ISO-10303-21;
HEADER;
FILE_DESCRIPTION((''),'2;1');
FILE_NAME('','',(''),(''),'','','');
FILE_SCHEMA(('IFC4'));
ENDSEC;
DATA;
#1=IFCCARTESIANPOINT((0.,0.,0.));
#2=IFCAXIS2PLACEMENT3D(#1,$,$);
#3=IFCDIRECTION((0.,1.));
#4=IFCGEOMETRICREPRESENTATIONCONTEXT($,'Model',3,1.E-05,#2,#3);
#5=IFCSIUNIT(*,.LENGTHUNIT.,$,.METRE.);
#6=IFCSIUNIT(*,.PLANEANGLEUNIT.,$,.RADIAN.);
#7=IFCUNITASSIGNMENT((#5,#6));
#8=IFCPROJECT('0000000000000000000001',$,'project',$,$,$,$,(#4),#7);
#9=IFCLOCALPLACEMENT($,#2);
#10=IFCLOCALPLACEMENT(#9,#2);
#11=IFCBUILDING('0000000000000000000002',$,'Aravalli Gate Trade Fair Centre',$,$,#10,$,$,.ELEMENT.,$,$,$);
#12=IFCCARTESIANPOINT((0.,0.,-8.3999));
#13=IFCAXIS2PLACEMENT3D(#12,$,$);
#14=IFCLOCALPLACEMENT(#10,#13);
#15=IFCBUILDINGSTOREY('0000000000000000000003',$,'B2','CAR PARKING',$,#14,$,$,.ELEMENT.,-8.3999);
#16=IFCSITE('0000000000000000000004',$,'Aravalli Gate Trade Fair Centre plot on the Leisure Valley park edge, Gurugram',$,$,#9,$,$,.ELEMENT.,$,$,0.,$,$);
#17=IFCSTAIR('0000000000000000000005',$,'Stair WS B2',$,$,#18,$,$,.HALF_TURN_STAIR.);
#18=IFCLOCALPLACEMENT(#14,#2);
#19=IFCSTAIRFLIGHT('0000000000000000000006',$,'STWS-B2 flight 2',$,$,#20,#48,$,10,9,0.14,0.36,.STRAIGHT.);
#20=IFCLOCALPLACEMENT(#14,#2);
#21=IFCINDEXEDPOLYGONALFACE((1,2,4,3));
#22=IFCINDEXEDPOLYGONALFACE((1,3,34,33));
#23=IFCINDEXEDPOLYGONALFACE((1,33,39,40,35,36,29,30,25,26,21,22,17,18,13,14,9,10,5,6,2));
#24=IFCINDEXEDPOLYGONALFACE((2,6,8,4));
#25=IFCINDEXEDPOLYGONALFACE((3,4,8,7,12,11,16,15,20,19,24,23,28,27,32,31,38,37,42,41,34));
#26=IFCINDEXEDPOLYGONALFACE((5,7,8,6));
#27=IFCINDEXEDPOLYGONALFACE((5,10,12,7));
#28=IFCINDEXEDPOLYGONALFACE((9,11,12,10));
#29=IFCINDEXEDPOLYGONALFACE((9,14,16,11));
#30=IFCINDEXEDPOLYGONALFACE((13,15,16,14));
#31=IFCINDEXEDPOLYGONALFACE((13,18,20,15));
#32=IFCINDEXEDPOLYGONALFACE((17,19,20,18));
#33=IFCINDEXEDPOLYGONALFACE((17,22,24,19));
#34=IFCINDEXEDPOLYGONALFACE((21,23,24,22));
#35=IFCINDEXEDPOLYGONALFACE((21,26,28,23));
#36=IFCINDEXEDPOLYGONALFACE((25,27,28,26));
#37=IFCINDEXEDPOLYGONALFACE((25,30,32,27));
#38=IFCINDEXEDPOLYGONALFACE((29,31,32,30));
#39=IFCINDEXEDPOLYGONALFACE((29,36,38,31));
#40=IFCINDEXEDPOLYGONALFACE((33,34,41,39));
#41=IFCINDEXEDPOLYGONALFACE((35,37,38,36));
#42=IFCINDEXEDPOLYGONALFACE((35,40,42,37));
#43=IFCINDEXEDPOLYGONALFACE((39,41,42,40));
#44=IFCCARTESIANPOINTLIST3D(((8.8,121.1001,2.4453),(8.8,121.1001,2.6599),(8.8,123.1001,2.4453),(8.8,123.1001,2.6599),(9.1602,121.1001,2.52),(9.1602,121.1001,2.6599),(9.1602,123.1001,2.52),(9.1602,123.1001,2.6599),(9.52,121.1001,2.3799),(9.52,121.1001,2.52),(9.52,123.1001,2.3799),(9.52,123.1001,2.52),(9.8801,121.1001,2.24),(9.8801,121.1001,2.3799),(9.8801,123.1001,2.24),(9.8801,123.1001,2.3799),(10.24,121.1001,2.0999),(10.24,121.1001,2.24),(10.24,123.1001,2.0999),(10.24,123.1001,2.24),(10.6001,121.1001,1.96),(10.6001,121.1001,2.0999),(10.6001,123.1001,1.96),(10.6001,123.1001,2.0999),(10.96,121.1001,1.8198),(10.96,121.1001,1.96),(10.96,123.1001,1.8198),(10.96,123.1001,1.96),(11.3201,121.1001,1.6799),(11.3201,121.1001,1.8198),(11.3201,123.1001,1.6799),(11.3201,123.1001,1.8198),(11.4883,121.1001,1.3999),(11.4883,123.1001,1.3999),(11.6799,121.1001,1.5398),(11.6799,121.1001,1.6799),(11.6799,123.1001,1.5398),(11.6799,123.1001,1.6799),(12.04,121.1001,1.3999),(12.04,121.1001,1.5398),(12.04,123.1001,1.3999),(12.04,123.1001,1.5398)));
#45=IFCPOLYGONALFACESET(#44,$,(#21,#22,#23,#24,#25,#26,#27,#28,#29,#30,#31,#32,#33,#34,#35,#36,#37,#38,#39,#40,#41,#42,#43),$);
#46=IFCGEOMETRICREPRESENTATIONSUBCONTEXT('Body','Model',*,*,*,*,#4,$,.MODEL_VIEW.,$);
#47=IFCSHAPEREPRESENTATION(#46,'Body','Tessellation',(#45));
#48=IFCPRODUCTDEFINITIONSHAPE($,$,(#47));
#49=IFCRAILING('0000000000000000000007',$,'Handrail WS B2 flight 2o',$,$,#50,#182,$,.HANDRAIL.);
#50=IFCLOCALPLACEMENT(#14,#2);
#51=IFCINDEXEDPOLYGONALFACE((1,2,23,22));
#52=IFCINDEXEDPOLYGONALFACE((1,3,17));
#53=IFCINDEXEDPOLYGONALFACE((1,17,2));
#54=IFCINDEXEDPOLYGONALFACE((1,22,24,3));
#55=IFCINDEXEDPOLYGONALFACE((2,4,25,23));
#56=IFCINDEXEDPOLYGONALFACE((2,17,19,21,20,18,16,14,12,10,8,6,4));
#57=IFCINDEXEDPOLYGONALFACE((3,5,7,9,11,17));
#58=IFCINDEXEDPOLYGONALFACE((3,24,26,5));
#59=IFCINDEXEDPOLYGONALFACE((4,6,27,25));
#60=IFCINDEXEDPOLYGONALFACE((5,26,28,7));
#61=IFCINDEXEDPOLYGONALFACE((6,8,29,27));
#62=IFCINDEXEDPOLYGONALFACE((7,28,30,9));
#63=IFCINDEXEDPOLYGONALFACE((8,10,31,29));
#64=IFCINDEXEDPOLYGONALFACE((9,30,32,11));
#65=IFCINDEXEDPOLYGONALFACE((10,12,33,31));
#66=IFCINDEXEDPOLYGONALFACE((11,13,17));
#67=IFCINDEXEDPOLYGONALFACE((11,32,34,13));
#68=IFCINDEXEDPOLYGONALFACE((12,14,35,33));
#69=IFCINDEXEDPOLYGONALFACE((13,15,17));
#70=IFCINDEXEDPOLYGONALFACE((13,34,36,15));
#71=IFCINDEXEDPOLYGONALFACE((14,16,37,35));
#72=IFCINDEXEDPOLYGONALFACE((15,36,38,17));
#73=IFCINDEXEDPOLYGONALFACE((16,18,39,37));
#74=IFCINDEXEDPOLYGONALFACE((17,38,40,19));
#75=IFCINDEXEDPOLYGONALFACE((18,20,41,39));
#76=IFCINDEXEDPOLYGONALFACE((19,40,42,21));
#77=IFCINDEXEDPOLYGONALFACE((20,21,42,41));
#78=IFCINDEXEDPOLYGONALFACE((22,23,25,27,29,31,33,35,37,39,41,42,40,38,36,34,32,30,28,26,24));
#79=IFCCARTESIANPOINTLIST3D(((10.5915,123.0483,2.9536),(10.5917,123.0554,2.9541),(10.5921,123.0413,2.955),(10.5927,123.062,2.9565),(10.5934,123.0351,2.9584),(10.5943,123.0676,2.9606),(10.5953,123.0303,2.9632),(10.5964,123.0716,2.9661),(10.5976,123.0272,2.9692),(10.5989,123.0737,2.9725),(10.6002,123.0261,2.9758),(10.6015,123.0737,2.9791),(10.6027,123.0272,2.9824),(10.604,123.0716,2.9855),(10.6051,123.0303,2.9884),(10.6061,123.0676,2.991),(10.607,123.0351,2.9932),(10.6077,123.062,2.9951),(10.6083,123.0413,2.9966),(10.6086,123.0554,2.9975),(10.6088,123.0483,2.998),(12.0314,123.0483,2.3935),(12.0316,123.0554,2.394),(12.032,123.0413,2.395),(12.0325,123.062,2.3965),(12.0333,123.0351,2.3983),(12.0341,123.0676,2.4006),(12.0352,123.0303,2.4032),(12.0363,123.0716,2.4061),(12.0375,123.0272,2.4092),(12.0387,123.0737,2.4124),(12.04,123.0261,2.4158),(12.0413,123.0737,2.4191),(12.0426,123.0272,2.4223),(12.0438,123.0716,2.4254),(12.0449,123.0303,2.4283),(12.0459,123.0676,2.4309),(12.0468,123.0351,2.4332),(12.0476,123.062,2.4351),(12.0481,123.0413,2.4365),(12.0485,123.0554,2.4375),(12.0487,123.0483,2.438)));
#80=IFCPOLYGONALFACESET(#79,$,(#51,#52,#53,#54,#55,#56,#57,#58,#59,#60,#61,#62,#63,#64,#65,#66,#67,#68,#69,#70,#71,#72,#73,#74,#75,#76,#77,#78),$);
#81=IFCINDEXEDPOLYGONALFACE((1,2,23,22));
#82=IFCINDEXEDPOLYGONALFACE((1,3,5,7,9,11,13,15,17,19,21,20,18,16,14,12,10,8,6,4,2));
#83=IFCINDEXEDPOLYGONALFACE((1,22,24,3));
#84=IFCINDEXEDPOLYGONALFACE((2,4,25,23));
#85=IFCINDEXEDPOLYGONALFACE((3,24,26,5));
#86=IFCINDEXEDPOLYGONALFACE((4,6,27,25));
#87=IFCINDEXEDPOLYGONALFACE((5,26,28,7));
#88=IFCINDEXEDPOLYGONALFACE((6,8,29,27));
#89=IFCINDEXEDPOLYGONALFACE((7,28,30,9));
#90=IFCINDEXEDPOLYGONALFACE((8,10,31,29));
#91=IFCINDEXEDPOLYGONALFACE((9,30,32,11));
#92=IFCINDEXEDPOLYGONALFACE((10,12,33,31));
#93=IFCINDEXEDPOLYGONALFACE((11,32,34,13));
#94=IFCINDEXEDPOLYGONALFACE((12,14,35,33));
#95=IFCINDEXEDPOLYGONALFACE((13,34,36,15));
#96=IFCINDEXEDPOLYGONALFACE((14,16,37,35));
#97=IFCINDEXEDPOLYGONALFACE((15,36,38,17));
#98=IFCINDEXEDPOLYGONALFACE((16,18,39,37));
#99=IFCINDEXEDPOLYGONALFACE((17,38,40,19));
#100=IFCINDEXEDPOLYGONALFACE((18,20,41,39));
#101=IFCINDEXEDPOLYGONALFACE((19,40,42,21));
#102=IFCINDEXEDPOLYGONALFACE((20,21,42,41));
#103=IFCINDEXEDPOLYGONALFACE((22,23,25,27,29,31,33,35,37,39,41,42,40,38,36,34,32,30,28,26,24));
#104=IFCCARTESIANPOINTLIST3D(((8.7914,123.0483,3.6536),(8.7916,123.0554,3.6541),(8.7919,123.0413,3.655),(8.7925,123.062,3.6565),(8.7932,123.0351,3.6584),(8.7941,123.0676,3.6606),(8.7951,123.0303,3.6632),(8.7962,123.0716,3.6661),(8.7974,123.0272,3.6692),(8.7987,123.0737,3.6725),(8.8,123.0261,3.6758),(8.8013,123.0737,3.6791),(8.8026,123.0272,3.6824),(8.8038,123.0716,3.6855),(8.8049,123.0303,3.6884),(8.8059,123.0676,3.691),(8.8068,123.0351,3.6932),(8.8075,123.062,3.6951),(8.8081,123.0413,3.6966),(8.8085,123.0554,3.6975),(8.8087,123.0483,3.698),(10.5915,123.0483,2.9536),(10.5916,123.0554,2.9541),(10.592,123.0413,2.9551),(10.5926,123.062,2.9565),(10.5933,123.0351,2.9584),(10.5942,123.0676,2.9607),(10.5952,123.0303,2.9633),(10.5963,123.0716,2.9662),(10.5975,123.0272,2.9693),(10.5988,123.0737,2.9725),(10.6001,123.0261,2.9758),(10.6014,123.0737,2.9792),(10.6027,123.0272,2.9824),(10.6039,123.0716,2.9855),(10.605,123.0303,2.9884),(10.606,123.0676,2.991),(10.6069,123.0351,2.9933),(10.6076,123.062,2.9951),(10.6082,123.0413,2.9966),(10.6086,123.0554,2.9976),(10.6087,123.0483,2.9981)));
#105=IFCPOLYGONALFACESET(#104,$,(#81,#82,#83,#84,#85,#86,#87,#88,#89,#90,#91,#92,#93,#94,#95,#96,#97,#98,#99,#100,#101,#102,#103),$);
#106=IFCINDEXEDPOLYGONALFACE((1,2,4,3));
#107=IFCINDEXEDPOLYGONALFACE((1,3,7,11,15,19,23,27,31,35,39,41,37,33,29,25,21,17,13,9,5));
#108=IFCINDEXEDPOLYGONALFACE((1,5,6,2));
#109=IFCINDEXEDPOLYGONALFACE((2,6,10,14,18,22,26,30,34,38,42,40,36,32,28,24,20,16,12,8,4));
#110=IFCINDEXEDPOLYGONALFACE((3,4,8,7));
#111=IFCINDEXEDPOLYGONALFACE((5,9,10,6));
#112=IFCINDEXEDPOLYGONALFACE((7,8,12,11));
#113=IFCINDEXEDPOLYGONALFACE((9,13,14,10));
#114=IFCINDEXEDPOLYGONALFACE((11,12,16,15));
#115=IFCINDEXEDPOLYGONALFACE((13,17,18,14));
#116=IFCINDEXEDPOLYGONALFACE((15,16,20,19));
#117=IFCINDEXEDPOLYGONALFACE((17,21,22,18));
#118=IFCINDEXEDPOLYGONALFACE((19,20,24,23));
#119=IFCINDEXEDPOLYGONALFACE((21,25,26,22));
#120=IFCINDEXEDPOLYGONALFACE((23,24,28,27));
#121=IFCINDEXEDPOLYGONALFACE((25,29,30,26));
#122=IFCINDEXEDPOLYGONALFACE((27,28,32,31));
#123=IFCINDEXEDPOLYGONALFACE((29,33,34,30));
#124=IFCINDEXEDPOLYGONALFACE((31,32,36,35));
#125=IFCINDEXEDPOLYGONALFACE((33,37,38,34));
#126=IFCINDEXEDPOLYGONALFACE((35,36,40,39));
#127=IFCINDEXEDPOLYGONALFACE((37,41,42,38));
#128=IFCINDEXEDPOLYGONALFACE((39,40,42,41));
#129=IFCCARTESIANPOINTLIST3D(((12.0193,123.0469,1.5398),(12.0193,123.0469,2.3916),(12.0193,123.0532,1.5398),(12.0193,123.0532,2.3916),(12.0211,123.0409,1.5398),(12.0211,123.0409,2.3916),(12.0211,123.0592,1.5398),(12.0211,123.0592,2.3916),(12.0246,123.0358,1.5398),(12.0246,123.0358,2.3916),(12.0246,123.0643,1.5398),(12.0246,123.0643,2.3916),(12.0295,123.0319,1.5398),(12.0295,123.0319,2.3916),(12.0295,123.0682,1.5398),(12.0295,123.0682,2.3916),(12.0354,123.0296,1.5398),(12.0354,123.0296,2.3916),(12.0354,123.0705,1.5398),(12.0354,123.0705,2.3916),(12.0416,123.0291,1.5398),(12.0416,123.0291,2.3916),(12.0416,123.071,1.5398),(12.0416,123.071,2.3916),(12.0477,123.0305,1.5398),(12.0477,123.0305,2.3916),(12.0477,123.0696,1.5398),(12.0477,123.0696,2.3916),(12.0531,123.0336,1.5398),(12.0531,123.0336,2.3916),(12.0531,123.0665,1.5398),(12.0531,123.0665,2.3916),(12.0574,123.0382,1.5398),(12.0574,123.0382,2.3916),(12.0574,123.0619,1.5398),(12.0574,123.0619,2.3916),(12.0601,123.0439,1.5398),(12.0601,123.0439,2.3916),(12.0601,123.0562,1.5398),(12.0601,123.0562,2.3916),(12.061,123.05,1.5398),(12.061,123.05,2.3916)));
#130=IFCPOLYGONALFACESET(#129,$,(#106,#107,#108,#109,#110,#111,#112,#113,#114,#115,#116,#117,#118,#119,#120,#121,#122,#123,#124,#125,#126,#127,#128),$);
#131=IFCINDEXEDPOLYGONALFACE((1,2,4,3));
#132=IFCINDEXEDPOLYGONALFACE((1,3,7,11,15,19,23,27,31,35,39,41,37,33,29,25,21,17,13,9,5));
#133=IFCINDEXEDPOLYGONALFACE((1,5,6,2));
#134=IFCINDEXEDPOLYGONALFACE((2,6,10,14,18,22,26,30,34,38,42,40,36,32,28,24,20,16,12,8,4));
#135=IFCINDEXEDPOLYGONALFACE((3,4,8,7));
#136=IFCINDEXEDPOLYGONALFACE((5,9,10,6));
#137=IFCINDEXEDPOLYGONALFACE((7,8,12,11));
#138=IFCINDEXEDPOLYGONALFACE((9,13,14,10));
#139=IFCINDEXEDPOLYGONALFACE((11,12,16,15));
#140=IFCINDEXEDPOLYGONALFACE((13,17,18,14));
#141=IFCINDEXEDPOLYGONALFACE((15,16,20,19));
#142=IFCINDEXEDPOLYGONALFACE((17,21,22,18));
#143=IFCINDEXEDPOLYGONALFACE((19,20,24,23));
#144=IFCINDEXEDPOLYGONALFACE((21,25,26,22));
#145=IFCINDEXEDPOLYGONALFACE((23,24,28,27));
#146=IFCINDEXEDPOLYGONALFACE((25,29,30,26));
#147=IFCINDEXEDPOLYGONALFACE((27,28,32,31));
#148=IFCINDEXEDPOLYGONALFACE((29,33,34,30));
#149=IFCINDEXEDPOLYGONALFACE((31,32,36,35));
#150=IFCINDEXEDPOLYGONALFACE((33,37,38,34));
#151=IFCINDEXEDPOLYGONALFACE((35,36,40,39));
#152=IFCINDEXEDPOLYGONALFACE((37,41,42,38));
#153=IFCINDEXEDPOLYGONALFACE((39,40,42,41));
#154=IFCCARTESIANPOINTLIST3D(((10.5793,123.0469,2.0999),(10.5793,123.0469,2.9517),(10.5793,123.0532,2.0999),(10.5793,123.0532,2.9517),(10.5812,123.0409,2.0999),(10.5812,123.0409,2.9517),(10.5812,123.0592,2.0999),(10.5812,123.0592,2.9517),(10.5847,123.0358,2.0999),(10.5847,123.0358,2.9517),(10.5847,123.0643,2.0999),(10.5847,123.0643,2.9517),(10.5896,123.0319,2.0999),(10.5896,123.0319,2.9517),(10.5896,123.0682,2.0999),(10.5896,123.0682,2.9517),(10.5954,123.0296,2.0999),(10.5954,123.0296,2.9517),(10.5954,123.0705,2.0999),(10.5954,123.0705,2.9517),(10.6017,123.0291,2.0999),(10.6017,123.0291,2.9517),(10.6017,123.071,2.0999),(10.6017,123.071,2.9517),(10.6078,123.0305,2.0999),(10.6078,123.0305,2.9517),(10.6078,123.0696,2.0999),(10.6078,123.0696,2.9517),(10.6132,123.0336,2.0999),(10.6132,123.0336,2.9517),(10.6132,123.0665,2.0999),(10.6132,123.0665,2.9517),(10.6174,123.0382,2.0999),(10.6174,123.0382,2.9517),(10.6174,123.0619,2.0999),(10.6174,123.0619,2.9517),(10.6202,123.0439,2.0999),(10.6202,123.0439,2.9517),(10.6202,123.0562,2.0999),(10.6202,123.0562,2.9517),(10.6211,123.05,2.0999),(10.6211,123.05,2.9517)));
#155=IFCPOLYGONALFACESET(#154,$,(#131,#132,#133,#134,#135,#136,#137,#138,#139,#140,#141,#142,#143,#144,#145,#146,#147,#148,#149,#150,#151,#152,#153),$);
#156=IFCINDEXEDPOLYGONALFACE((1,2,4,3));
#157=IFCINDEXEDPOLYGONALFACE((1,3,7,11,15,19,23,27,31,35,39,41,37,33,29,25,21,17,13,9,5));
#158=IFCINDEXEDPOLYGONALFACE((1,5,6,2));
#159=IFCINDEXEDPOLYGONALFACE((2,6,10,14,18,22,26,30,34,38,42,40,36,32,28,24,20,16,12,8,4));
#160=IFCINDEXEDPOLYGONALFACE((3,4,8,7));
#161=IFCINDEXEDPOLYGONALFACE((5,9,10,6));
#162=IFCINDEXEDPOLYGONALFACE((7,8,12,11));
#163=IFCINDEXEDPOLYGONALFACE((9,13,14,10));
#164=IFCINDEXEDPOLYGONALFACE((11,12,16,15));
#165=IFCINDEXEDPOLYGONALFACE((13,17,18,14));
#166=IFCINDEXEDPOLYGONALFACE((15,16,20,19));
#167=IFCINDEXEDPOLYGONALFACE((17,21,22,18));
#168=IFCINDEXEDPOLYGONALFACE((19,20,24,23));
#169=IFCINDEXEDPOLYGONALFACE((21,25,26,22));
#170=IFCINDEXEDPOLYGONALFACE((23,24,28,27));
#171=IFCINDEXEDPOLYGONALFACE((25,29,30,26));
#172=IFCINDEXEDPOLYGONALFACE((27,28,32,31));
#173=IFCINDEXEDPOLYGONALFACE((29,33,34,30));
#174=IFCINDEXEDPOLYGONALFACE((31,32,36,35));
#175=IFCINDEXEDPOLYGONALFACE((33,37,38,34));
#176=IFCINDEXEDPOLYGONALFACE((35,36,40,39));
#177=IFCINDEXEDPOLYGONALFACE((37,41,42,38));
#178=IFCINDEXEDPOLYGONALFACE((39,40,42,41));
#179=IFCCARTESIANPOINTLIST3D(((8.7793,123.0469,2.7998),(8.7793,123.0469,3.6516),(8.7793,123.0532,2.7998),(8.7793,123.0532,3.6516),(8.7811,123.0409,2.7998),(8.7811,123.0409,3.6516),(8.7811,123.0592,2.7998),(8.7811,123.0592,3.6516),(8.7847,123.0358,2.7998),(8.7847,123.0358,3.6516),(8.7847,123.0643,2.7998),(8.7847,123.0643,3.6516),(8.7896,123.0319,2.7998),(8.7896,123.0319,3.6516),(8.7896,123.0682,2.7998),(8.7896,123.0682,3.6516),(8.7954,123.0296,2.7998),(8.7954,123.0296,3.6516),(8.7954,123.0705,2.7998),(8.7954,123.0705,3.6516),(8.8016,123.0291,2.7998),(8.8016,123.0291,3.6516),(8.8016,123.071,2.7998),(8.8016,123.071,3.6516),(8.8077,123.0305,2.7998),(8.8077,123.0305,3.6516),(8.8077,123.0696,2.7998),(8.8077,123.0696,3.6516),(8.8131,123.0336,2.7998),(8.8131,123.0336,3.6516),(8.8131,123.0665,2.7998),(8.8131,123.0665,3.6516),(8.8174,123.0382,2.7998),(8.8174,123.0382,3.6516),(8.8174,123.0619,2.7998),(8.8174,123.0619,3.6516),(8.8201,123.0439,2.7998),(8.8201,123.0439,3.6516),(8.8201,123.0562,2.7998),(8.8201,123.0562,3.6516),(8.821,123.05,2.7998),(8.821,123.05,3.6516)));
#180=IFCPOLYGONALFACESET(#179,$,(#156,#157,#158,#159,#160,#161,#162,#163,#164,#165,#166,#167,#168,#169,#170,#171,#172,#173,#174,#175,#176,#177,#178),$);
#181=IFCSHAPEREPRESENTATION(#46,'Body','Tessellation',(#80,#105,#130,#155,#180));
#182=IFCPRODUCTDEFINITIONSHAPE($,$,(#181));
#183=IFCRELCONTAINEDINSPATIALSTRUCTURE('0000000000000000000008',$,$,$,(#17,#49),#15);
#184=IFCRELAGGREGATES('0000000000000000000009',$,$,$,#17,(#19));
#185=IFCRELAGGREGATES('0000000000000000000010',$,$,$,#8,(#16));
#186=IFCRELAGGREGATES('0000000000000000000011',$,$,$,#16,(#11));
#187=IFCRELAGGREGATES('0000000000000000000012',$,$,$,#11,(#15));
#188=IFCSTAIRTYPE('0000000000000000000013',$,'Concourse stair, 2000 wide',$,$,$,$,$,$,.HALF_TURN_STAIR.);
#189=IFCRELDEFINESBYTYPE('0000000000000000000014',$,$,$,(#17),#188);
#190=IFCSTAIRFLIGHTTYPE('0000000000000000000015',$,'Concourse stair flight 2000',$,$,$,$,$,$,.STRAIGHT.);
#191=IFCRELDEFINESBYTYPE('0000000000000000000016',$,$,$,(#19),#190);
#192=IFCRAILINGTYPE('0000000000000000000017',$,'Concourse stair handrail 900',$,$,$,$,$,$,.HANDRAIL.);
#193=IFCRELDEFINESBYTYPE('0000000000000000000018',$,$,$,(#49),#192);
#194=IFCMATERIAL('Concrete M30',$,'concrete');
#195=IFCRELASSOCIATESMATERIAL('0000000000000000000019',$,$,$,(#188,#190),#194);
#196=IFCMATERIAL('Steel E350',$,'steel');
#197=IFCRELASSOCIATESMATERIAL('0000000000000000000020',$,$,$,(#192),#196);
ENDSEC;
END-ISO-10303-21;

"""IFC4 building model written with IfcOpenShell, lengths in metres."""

from ifc_helpers import new_model, si_unit, direction, frame, origin, origin_2d, place, context, subcontext, project, spatial, polyline, circle, outline, extrude, material, type_object, element, aggregate, save


model = new_model("IFC4")

# Units and contexts
model_context = context("Model", 3, precision=1e-05, world=origin(), true_north=direction((0.0, 1.0)))
body_context = subcontext(model_context, "Body", "Model", "MODEL_VIEW")
ifc_project = project(units=[si_unit("LENGTHUNIT", "METRE"), si_unit("PLANEANGLEUNIT", "RADIAN")], contexts=[model_context])

# Site, building, storey
site_placement = place(None, origin())
site = spatial("IfcSite", under=ifc_project, at=site_placement, Name="Aravalli Gate Trade Fair Centre plot on the Leisure Valley park edge, Gurugram", CompositionType="ELEMENT", RefElevation=0.0)
building_placement = place(site_placement, origin())
building = spatial("IfcBuilding", under=site, at=building_placement, Name="Aravalli Gate Trade Fair Centre", CompositionType="ELEMENT")
storey_placement = place(building_placement, frame((0.0, 0.0, -8.3999)))
storey = spatial("IfcBuildingStorey", under=building, at=storey_placement, Name="B2", Description="CAR PARKING", CompositionType="ELEMENT", Elevation=-8.3999)

# Stair, stair flight
ifc_material_1 = material(Name="Concrete M30", Category="concrete")
stair_type = type_object("IfcStairType", Name="Concourse stair, 2000 wide", PredefinedType="HALF_TURN_STAIR", material=ifc_material_1)
stair_placement = place(storey_placement, origin())
stair = element("IfcStair", 1, at=stair_placement, inside=storey, type_object=stair_type, Name="Stair WS B2", PredefinedType="HALF_TURN_STAIR")
stair_flight_type = type_object("IfcStairFlightType", Name="Concourse stair flight 2000", PredefinedType="STRAIGHT", material=ifc_material_1)
stair_flight_placement = place(storey_placement, frame((12.04, 122.1001, 1.3999), z_axis=(0.0, 0.0, 1.0), x_axis=(-1.0, 0.0, 0.0)))
stair_flight = element("IfcStairFlight", 2, at=stair_flight_placement, type_object=stair_flight_type, Name="STWS-B2 flight 2", NumberOfRisers=10, NumberOfTreads=9, PredefinedType="STRAIGHT", RiserHeight=0.14, TreadLength=0.36, context=body_context, shape_type="SweptSolid", body=[
    extrude(outline(polyline([(0.0, 0.0), (0.0, 0.1399), (0.3601, 0.1399), (0.3601, 0.28), (0.72, 0.28), (0.72, 0.4199), (1.0801, 0.4199), (1.0801, 0.5601), (1.4399, 0.5601), (1.4399, 0.7), (1.8, 0.7), (1.8, 0.8401), (2.1599, 0.8401), (2.1599, 0.98), (2.52, 0.98), (2.52, 1.1201), (2.8799, 1.1201), (2.8799, 1.26), (3.24, 1.26), (3.24, 1.3999), (3.24, 1.0454), (0.5518, 0.0), (0.0, 0.0)])), frame((0.0, 1.0, 0.0), z_axis=(0.0, -1.0, 0.0), x_axis=(1.0, 0.0, 0.0)), (0.0, 0.0, 1.0), 2.0),
])
aggregate(stair, [stair_flight])

# Railing
ifc_material_2 = material(Name="Steel E350", Category="steel")
railing_type = type_object("IfcRailingType", Name="Concourse stair handrail 900", PredefinedType="HANDRAIL", material=ifc_material_2)
for number, where, name in (
    (3, (12.04, 123.05, 1.5398), "Handrail WS B2 flight 2o"),
):
    element("IfcRailing", number, at=place(storey_placement, frame(where)), inside=storey, type_object=railing_type, Name=name, PredefinedType="HANDRAIL", context=body_context, shape_type="SweptSolid", body=[
        extrude(circle(Radius=0.0239, at=origin_2d()), frame((0.0, 0.0, 0.876), z_axis=(-0.931987, 0.0, 0.362492), x_axis=(0.0, -1.0, 0.0)), (0.0, 0.0, 1.0), 1.5449),
        extrude(circle(Radius=0.0239, at=origin_2d()), frame((-1.4399, 0.0, 1.436), z_axis=(-0.932017, 0.0, 0.362416), x_axis=(0.0, -1.0, 0.0)), (0.0, 0.0, 1.0), 1.9314),
        extrude(circle(Radius=0.021, at=origin_2d()), origin(), (0.0, 0.0, 1.0), 0.8518),
        extrude(circle(Radius=0.021, at=origin_2d()), frame((-1.4399, 0.0, 0.5601)), (0.0, 0.0, 1.0), 0.8518),
        extrude(circle(Radius=0.021, at=origin_2d()), frame((-3.24, 0.0, 1.26)), (0.0, 0.0, 1.0), 0.8518),
    ])

save(model, "model.ifc")
